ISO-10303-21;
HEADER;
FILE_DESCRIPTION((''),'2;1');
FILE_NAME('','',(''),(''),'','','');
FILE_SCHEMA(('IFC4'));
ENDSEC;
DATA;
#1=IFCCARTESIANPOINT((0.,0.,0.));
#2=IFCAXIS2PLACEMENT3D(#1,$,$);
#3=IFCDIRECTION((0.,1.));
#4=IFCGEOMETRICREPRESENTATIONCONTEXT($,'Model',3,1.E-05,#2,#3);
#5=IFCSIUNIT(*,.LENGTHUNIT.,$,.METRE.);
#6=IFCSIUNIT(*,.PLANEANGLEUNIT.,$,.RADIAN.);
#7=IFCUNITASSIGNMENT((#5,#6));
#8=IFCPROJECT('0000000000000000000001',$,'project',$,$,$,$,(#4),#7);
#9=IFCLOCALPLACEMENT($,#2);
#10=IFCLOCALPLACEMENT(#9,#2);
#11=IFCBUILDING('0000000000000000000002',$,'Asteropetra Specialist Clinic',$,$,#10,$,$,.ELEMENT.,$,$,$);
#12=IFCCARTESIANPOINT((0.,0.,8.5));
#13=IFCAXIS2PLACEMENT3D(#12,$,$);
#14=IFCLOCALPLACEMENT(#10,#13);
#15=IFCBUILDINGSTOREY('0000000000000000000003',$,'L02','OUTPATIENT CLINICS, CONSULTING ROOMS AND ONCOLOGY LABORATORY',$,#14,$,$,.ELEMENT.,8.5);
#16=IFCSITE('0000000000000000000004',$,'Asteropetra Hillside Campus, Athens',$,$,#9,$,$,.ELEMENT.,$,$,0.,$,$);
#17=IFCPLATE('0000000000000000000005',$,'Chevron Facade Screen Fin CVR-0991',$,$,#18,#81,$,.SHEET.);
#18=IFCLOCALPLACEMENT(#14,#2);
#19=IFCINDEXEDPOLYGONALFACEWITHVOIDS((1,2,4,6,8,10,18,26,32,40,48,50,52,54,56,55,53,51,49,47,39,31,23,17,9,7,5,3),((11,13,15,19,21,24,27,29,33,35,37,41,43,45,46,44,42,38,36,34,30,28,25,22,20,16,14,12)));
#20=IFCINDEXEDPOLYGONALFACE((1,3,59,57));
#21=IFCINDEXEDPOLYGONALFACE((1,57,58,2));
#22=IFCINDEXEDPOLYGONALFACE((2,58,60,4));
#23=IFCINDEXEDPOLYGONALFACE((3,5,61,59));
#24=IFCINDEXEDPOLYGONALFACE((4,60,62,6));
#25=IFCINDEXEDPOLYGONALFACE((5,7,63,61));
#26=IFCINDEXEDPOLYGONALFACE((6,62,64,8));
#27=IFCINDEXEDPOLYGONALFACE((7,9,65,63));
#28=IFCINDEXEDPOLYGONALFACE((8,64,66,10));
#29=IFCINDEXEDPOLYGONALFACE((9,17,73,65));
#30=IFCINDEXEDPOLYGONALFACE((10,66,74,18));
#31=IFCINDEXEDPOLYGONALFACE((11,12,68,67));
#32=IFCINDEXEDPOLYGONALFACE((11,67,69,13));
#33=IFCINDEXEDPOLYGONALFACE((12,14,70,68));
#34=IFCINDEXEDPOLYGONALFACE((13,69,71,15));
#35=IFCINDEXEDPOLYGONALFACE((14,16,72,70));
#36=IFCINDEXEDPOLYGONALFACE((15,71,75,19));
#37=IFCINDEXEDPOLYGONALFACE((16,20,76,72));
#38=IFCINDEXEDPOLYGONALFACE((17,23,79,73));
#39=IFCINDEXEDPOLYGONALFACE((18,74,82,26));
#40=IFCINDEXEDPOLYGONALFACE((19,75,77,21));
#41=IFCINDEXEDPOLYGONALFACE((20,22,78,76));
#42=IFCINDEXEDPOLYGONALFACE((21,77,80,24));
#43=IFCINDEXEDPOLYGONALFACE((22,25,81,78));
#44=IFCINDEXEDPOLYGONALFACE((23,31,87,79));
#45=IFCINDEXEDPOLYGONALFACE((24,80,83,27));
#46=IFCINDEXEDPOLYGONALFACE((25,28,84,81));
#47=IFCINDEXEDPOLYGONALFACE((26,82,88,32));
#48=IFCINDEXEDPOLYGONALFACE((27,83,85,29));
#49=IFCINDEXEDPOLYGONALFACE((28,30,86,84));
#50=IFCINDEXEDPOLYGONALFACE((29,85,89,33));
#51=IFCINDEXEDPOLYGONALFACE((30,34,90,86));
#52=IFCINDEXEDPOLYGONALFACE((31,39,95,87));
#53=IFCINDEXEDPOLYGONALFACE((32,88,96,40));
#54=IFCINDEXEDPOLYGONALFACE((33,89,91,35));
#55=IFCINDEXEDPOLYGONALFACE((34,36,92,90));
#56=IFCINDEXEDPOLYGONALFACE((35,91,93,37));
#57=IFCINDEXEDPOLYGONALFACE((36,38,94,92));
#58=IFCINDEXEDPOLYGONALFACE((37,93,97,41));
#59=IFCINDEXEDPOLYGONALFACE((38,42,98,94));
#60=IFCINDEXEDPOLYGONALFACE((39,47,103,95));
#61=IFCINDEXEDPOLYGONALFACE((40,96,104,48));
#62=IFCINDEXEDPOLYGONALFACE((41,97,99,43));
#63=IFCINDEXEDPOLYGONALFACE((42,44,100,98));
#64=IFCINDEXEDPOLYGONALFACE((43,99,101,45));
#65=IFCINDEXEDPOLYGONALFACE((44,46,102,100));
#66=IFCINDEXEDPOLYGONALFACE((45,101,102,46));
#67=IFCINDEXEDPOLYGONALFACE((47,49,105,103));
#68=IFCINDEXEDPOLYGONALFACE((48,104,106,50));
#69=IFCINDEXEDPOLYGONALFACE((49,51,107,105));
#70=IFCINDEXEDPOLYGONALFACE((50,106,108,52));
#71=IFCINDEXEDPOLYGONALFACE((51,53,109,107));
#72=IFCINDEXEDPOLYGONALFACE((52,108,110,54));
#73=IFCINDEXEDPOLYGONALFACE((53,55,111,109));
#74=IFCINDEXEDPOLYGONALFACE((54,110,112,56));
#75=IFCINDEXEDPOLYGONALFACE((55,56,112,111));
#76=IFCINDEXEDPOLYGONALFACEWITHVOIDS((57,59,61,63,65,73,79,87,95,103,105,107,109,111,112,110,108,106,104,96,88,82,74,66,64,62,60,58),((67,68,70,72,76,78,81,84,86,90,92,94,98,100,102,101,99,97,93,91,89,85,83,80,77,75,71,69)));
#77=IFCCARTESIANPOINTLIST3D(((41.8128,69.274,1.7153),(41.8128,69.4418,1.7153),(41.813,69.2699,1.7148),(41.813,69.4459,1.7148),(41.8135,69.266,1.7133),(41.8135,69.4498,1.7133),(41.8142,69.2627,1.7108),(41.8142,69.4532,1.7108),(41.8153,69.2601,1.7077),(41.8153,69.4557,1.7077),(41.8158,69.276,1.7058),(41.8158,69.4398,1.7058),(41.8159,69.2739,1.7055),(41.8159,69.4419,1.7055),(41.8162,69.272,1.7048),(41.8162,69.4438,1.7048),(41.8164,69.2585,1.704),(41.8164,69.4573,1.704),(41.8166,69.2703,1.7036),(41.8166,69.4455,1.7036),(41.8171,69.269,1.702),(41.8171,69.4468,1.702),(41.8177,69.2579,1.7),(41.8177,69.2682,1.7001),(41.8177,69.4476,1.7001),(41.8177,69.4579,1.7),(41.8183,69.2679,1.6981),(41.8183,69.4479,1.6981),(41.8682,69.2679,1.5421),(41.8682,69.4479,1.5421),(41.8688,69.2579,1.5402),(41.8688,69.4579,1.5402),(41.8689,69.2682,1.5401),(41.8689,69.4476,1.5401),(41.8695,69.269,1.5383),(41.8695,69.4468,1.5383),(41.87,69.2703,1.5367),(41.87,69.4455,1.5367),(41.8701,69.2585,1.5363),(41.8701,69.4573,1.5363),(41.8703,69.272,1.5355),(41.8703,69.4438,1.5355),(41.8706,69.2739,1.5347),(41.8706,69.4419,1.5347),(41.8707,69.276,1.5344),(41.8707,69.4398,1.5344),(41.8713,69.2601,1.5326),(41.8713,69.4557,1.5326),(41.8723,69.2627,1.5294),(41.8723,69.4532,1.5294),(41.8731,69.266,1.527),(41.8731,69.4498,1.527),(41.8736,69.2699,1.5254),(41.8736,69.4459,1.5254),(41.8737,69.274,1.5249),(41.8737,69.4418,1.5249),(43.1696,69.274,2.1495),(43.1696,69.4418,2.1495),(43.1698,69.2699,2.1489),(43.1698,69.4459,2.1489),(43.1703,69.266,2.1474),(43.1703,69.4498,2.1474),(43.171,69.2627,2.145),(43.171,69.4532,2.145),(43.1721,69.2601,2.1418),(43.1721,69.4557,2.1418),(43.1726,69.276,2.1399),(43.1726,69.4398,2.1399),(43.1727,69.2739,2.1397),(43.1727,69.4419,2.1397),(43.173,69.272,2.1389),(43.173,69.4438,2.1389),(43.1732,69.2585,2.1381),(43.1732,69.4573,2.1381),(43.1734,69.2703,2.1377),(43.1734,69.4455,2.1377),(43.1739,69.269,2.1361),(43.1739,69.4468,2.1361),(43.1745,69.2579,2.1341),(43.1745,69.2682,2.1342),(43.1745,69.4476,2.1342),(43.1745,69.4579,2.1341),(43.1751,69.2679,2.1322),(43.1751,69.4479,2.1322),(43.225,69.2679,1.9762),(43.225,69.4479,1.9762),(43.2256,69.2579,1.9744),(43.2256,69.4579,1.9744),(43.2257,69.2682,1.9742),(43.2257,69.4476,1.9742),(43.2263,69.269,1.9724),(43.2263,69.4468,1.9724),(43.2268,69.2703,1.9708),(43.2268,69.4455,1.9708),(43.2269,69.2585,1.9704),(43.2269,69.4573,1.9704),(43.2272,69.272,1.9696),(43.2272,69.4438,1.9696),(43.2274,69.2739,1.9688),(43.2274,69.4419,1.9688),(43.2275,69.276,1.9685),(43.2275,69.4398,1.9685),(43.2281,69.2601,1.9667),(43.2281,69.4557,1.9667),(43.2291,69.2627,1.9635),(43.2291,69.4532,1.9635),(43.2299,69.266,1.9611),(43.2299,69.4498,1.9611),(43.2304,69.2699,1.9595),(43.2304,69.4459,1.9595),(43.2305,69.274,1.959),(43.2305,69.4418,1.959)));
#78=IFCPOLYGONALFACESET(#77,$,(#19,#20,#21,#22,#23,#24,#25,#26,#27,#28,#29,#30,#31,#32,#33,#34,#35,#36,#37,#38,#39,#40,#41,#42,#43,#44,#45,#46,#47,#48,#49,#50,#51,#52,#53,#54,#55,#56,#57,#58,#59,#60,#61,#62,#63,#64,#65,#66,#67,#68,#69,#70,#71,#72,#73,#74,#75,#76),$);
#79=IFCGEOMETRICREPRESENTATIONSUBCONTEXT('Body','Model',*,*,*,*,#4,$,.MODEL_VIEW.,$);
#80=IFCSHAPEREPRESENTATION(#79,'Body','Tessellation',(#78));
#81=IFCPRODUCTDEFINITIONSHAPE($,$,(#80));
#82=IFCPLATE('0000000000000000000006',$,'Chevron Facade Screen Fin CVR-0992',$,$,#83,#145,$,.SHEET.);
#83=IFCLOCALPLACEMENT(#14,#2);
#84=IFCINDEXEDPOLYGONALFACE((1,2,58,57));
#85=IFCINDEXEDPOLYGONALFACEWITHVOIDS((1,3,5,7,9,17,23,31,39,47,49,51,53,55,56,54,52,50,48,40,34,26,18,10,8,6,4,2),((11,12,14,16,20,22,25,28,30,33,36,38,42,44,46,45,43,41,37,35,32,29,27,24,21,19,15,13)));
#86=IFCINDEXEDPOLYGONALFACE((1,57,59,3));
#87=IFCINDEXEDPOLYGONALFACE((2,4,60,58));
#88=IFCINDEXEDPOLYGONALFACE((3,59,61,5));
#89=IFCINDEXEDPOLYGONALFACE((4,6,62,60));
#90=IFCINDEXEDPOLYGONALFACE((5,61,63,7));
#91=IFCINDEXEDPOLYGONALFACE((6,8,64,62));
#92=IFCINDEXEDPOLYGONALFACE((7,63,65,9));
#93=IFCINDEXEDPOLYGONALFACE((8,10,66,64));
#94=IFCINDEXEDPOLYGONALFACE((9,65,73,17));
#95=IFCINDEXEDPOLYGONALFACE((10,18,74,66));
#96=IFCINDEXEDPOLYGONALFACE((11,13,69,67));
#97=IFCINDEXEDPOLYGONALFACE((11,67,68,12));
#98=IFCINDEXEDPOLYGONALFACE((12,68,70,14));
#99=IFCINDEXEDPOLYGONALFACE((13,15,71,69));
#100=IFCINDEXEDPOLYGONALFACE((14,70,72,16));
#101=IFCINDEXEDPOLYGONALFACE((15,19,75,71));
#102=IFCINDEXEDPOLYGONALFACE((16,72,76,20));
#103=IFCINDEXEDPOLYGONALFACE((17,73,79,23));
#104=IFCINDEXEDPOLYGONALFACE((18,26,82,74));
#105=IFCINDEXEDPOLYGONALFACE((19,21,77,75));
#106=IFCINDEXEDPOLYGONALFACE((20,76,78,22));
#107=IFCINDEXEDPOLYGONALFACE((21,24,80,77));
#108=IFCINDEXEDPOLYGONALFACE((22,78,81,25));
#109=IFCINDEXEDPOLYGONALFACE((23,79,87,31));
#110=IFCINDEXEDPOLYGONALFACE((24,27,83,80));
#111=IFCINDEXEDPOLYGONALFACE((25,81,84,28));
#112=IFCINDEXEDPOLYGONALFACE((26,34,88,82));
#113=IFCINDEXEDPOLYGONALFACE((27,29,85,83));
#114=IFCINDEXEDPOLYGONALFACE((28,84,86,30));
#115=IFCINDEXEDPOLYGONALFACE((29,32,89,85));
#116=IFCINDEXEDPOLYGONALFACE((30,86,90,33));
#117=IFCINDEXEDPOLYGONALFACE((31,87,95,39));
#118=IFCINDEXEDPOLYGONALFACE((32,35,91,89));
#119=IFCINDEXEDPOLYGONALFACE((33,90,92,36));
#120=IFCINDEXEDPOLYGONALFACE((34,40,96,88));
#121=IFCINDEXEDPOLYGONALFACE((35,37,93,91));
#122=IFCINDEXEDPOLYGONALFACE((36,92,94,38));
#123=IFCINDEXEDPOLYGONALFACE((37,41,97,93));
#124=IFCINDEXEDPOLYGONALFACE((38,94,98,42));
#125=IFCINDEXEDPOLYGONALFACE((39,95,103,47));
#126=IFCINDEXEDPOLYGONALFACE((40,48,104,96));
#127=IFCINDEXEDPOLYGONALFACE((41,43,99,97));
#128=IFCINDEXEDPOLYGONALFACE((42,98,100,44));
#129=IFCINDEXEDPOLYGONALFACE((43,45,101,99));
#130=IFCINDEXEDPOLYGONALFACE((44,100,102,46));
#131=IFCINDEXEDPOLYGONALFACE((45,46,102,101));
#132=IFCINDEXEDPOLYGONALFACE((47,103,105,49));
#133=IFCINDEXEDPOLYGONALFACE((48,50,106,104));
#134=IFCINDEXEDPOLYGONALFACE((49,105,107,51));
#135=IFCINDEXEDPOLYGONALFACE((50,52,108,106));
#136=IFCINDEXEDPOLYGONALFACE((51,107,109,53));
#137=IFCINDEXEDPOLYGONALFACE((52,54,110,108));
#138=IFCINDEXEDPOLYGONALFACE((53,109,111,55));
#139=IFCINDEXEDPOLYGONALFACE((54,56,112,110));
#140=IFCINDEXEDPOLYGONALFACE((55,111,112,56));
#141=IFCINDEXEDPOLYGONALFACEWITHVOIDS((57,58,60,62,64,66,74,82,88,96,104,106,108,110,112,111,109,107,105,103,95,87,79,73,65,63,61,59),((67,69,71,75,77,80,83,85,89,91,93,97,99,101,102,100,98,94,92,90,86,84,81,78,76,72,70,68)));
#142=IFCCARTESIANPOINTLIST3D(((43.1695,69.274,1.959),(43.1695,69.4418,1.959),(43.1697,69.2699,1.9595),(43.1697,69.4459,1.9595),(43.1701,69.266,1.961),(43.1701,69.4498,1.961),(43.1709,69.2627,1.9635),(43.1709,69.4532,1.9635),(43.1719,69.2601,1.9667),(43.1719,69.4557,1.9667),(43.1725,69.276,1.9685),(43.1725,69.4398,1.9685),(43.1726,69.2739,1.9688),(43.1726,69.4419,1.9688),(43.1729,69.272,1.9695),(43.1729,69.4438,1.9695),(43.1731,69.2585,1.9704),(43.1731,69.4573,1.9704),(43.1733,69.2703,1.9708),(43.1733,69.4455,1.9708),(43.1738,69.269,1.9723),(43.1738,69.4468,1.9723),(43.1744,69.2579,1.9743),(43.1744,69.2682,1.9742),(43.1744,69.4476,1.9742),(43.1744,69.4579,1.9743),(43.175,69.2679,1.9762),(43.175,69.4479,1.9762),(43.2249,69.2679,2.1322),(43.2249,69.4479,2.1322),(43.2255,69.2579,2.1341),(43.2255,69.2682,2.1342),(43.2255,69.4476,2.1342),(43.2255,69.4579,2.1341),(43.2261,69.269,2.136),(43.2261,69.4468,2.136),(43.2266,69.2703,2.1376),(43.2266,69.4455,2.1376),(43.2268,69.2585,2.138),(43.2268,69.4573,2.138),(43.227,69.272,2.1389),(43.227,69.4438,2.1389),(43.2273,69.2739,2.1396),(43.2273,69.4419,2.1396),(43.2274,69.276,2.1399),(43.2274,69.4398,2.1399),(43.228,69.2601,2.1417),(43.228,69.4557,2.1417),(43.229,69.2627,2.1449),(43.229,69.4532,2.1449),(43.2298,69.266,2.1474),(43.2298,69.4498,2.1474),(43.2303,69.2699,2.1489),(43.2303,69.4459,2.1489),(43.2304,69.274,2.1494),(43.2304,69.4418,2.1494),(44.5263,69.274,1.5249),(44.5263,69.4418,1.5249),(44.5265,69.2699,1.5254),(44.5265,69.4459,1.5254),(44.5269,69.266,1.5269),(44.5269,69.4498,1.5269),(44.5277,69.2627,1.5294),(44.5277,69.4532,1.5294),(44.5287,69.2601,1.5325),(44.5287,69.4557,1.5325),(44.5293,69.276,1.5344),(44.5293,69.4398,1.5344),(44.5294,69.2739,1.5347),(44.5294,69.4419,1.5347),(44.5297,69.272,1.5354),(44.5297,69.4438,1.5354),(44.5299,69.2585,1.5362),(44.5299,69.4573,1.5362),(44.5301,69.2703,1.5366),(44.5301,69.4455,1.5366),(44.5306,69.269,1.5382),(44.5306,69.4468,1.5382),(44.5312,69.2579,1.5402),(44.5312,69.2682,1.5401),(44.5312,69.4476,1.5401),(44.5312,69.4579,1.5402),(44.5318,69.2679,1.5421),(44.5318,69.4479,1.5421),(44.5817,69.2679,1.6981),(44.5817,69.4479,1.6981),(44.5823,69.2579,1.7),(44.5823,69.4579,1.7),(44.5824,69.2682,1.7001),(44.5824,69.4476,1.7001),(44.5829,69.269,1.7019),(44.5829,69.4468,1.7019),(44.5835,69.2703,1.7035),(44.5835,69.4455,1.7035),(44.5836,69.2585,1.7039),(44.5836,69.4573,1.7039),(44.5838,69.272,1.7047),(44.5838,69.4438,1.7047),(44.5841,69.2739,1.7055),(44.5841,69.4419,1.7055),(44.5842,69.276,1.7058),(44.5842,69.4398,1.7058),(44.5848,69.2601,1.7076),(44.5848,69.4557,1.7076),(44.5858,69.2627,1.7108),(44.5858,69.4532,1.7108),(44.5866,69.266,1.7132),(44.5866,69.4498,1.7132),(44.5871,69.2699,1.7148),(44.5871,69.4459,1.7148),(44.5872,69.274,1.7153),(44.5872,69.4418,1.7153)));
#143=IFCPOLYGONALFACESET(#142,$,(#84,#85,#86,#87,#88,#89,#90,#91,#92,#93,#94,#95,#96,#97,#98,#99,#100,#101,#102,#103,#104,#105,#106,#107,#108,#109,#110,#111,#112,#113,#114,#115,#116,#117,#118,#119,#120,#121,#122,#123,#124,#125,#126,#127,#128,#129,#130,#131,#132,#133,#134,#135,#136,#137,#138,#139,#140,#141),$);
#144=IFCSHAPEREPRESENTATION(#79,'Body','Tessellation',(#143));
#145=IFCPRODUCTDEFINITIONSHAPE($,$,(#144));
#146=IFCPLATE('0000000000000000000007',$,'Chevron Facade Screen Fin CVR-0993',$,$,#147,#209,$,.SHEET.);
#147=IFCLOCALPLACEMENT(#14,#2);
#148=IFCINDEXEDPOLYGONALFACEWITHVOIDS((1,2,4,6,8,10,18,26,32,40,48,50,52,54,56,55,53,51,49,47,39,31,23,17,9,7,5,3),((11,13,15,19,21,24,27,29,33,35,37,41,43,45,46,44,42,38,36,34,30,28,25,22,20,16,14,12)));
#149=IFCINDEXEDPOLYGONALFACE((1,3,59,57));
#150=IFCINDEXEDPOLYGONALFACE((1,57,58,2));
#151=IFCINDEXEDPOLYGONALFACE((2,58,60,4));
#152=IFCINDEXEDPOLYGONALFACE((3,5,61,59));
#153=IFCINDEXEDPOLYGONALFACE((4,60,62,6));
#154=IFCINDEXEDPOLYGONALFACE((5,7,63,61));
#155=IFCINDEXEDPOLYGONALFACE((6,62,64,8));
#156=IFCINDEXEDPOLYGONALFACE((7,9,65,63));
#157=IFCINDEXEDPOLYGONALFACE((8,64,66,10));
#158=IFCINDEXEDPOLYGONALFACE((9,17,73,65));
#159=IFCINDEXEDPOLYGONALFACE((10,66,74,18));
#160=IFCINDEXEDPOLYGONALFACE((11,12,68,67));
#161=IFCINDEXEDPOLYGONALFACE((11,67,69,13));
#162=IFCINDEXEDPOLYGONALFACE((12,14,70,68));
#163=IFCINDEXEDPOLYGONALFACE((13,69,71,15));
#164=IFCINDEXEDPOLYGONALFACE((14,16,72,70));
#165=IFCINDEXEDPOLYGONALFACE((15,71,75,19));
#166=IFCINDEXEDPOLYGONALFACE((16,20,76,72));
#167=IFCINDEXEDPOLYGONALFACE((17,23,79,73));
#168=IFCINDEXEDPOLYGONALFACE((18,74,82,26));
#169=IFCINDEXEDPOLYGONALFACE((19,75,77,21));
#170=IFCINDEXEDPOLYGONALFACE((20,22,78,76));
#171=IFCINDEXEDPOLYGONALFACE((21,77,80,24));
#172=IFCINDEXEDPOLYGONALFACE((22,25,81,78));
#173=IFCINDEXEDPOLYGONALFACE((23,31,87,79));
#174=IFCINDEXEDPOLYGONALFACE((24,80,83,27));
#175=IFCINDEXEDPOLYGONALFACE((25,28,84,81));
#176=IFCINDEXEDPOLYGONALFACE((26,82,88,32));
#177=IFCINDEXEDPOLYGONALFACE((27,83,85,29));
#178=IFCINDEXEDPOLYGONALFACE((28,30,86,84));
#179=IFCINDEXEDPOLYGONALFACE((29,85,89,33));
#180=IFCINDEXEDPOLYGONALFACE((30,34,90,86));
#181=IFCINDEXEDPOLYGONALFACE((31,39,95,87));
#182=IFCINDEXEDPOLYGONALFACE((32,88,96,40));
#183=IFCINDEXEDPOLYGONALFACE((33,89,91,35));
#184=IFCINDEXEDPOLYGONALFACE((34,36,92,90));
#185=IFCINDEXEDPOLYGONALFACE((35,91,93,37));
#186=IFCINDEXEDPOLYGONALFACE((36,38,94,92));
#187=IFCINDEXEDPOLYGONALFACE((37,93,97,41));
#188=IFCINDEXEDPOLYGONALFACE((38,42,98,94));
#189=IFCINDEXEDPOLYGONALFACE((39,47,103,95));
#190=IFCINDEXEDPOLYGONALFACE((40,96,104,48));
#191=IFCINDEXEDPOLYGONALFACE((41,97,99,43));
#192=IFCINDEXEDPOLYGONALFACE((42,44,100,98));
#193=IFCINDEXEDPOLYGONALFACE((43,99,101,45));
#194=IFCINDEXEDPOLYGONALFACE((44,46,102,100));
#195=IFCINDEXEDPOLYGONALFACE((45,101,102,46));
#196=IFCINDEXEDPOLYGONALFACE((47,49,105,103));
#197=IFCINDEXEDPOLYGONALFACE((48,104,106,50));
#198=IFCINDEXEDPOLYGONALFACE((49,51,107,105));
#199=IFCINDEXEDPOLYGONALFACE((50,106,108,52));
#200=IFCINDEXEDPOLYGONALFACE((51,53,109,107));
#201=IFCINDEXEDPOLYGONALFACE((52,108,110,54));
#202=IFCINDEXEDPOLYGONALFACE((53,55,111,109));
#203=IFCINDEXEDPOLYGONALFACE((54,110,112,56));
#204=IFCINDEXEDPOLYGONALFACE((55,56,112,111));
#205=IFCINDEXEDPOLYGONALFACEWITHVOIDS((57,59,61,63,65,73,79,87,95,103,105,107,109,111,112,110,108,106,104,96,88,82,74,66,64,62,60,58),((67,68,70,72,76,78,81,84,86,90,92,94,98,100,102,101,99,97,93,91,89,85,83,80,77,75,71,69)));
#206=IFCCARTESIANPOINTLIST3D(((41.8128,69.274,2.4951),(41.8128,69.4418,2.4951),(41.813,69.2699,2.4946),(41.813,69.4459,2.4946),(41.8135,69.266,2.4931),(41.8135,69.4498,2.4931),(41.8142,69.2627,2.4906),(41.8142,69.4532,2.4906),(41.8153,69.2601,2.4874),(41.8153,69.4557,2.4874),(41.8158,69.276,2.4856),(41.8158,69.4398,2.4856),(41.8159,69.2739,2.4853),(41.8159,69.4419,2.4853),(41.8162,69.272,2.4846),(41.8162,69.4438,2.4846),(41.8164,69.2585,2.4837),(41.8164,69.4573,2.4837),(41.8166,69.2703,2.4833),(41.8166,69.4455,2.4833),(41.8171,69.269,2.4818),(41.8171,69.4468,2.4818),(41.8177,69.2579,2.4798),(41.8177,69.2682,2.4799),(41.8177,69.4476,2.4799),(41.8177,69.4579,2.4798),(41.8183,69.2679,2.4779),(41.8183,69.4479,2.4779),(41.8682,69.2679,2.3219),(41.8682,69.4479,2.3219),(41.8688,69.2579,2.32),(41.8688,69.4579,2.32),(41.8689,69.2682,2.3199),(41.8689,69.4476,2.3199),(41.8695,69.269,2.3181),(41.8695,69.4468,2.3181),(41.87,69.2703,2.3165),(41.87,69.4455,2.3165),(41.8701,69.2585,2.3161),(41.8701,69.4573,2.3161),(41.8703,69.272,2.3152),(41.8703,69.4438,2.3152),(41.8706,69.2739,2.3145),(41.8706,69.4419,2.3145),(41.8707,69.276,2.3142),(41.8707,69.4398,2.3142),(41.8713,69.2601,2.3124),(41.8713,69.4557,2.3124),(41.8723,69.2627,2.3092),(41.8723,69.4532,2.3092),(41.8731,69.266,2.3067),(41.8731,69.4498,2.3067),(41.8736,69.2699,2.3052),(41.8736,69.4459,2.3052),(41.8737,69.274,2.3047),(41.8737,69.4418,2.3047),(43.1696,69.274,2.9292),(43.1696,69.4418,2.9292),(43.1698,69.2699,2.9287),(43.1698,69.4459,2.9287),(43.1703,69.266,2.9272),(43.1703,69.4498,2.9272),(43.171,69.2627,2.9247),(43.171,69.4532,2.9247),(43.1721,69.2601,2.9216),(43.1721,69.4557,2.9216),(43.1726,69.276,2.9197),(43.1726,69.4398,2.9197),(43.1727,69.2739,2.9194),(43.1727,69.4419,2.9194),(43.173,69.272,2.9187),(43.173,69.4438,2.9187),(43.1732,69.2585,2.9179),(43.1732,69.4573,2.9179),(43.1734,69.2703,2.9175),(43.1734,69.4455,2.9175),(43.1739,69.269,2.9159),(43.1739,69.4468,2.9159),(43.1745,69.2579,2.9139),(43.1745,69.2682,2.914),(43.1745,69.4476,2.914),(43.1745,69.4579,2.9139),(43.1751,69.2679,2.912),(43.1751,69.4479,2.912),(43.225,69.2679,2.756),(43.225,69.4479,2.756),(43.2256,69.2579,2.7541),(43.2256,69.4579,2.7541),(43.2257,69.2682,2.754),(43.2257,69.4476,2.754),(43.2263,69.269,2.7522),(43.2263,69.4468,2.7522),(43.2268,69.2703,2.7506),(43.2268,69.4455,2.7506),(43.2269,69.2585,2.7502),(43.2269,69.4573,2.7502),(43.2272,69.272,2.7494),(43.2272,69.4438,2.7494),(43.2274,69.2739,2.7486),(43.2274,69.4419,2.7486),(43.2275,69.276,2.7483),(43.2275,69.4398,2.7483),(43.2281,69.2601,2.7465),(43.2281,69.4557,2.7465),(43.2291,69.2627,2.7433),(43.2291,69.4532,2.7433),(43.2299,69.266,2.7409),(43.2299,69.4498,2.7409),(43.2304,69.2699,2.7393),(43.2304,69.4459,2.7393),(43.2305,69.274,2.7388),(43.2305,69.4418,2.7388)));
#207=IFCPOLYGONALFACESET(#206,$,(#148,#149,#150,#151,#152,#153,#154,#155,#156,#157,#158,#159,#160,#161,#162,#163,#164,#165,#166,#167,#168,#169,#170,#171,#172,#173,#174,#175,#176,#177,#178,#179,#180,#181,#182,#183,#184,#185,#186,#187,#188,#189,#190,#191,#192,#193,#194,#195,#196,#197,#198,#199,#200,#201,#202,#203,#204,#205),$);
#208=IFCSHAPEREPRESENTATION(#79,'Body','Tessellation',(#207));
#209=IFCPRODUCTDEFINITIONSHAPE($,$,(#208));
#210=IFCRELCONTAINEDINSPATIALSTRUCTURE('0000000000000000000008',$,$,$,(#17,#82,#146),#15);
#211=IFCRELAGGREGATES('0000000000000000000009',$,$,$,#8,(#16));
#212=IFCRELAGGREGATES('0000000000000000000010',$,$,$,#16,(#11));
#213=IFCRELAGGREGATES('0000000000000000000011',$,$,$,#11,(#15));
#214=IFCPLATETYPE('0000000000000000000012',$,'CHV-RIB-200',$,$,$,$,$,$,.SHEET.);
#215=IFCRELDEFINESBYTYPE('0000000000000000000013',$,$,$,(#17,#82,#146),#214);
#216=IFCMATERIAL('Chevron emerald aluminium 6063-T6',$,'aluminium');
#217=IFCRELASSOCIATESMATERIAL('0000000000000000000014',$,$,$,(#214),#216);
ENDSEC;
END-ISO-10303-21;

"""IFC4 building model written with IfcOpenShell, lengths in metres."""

from ifc_helpers import new_model, si_unit, direction, frame, origin, origin_2d, place, context, subcontext, project, spatial, hollow_rectangle, extrude, material, material_profile, profile_set, type_object, element, save


model = new_model("IFC4")

# Units and contexts
model_context = context("Model", 3, precision=1e-05, world=origin(), true_north=direction((0.0, 1.0)))
body_context = subcontext(model_context, "Body", "Model", "MODEL_VIEW")
ifc_project = project(units=[si_unit("LENGTHUNIT", "METRE"), si_unit("PLANEANGLEUNIT", "RADIAN")], contexts=[model_context])

# Site, building, storey
site_placement = place(None, origin())
site = spatial("IfcSite", under=ifc_project, at=site_placement, Name="Asteropetra Hillside Campus, Athens", CompositionType="ELEMENT", RefElevation=0.0)
building_placement = place(site_placement, origin())
building = spatial("IfcBuilding", under=site, at=building_placement, Name="Asteropetra Specialist Clinic", CompositionType="ELEMENT")
storey_placement = place(building_placement, frame((0.0, 0.0, 8.5)))
storey = spatial("IfcBuildingStorey", under=building, at=storey_placement, Name="L02", Description="OUTPATIENT CLINICS, CONSULTING ROOMS AND ONCOLOGY LABORATORY", CompositionType="ELEMENT", Elevation=8.5)

# Plates
ifc_material_1 = material(Name="Chevron emerald aluminium 6063-T6", Category="aluminium")
ifc_material_profile = material_profile(ifc_material_1, hollow_rectangle(XDim=0.2, YDim=0.2, WallThickness=0.01, InnerFilletRadius=0.0081, OuterFilletRadius=0.0161, at=origin_2d()), Name="SHS 200x200x10.0")
ifc_profile_set = profile_set([ifc_material_profile], Name="Chevron emerald aluminium 6063-T6")
plate_type_1 = type_object("IfcPlateType", Name="CHV-RIB-200", PredefinedType="SHEET", material=ifc_profile_set)
for number, where, z_axis, x_axis, name in (
    (1, (41.8433, 69.3579, 1.6201), (0.952436, 0.0, 0.304738), (0.0, 1.0, 0.0), "Chevron Facade Screen Fin CVR-0991"),
    (2, (43.2, 69.3579, 2.0542), (0.952436, 0.0, -0.304738), (0.0, 1.0, 0.0), "Chevron Facade Screen Fin CVR-0992"),
    (3, (41.8433, 69.3579, 2.3999), (0.952436, 0.0, 0.304738), (0.0, 1.0, 0.0), "Chevron Facade Screen Fin CVR-0993"),
):
    element("IfcPlate", number, at=place(storey_placement, frame(where, z_axis=z_axis, x_axis=x_axis)), inside=storey, type_object=plate_type_1, Name=name, PredefinedType="SHEET", context=body_context, shape_type="SweptSolid", body=[
        extrude(hollow_rectangle(XDim=0.2, YDim=0.2, WallThickness=0.01, InnerFilletRadius=0.0081, OuterFilletRadius=0.0161, at=origin_2d()), origin(), (0.0, 0.0, 1.0), 1.4246),
    ])

save(model, "model.ifc")
